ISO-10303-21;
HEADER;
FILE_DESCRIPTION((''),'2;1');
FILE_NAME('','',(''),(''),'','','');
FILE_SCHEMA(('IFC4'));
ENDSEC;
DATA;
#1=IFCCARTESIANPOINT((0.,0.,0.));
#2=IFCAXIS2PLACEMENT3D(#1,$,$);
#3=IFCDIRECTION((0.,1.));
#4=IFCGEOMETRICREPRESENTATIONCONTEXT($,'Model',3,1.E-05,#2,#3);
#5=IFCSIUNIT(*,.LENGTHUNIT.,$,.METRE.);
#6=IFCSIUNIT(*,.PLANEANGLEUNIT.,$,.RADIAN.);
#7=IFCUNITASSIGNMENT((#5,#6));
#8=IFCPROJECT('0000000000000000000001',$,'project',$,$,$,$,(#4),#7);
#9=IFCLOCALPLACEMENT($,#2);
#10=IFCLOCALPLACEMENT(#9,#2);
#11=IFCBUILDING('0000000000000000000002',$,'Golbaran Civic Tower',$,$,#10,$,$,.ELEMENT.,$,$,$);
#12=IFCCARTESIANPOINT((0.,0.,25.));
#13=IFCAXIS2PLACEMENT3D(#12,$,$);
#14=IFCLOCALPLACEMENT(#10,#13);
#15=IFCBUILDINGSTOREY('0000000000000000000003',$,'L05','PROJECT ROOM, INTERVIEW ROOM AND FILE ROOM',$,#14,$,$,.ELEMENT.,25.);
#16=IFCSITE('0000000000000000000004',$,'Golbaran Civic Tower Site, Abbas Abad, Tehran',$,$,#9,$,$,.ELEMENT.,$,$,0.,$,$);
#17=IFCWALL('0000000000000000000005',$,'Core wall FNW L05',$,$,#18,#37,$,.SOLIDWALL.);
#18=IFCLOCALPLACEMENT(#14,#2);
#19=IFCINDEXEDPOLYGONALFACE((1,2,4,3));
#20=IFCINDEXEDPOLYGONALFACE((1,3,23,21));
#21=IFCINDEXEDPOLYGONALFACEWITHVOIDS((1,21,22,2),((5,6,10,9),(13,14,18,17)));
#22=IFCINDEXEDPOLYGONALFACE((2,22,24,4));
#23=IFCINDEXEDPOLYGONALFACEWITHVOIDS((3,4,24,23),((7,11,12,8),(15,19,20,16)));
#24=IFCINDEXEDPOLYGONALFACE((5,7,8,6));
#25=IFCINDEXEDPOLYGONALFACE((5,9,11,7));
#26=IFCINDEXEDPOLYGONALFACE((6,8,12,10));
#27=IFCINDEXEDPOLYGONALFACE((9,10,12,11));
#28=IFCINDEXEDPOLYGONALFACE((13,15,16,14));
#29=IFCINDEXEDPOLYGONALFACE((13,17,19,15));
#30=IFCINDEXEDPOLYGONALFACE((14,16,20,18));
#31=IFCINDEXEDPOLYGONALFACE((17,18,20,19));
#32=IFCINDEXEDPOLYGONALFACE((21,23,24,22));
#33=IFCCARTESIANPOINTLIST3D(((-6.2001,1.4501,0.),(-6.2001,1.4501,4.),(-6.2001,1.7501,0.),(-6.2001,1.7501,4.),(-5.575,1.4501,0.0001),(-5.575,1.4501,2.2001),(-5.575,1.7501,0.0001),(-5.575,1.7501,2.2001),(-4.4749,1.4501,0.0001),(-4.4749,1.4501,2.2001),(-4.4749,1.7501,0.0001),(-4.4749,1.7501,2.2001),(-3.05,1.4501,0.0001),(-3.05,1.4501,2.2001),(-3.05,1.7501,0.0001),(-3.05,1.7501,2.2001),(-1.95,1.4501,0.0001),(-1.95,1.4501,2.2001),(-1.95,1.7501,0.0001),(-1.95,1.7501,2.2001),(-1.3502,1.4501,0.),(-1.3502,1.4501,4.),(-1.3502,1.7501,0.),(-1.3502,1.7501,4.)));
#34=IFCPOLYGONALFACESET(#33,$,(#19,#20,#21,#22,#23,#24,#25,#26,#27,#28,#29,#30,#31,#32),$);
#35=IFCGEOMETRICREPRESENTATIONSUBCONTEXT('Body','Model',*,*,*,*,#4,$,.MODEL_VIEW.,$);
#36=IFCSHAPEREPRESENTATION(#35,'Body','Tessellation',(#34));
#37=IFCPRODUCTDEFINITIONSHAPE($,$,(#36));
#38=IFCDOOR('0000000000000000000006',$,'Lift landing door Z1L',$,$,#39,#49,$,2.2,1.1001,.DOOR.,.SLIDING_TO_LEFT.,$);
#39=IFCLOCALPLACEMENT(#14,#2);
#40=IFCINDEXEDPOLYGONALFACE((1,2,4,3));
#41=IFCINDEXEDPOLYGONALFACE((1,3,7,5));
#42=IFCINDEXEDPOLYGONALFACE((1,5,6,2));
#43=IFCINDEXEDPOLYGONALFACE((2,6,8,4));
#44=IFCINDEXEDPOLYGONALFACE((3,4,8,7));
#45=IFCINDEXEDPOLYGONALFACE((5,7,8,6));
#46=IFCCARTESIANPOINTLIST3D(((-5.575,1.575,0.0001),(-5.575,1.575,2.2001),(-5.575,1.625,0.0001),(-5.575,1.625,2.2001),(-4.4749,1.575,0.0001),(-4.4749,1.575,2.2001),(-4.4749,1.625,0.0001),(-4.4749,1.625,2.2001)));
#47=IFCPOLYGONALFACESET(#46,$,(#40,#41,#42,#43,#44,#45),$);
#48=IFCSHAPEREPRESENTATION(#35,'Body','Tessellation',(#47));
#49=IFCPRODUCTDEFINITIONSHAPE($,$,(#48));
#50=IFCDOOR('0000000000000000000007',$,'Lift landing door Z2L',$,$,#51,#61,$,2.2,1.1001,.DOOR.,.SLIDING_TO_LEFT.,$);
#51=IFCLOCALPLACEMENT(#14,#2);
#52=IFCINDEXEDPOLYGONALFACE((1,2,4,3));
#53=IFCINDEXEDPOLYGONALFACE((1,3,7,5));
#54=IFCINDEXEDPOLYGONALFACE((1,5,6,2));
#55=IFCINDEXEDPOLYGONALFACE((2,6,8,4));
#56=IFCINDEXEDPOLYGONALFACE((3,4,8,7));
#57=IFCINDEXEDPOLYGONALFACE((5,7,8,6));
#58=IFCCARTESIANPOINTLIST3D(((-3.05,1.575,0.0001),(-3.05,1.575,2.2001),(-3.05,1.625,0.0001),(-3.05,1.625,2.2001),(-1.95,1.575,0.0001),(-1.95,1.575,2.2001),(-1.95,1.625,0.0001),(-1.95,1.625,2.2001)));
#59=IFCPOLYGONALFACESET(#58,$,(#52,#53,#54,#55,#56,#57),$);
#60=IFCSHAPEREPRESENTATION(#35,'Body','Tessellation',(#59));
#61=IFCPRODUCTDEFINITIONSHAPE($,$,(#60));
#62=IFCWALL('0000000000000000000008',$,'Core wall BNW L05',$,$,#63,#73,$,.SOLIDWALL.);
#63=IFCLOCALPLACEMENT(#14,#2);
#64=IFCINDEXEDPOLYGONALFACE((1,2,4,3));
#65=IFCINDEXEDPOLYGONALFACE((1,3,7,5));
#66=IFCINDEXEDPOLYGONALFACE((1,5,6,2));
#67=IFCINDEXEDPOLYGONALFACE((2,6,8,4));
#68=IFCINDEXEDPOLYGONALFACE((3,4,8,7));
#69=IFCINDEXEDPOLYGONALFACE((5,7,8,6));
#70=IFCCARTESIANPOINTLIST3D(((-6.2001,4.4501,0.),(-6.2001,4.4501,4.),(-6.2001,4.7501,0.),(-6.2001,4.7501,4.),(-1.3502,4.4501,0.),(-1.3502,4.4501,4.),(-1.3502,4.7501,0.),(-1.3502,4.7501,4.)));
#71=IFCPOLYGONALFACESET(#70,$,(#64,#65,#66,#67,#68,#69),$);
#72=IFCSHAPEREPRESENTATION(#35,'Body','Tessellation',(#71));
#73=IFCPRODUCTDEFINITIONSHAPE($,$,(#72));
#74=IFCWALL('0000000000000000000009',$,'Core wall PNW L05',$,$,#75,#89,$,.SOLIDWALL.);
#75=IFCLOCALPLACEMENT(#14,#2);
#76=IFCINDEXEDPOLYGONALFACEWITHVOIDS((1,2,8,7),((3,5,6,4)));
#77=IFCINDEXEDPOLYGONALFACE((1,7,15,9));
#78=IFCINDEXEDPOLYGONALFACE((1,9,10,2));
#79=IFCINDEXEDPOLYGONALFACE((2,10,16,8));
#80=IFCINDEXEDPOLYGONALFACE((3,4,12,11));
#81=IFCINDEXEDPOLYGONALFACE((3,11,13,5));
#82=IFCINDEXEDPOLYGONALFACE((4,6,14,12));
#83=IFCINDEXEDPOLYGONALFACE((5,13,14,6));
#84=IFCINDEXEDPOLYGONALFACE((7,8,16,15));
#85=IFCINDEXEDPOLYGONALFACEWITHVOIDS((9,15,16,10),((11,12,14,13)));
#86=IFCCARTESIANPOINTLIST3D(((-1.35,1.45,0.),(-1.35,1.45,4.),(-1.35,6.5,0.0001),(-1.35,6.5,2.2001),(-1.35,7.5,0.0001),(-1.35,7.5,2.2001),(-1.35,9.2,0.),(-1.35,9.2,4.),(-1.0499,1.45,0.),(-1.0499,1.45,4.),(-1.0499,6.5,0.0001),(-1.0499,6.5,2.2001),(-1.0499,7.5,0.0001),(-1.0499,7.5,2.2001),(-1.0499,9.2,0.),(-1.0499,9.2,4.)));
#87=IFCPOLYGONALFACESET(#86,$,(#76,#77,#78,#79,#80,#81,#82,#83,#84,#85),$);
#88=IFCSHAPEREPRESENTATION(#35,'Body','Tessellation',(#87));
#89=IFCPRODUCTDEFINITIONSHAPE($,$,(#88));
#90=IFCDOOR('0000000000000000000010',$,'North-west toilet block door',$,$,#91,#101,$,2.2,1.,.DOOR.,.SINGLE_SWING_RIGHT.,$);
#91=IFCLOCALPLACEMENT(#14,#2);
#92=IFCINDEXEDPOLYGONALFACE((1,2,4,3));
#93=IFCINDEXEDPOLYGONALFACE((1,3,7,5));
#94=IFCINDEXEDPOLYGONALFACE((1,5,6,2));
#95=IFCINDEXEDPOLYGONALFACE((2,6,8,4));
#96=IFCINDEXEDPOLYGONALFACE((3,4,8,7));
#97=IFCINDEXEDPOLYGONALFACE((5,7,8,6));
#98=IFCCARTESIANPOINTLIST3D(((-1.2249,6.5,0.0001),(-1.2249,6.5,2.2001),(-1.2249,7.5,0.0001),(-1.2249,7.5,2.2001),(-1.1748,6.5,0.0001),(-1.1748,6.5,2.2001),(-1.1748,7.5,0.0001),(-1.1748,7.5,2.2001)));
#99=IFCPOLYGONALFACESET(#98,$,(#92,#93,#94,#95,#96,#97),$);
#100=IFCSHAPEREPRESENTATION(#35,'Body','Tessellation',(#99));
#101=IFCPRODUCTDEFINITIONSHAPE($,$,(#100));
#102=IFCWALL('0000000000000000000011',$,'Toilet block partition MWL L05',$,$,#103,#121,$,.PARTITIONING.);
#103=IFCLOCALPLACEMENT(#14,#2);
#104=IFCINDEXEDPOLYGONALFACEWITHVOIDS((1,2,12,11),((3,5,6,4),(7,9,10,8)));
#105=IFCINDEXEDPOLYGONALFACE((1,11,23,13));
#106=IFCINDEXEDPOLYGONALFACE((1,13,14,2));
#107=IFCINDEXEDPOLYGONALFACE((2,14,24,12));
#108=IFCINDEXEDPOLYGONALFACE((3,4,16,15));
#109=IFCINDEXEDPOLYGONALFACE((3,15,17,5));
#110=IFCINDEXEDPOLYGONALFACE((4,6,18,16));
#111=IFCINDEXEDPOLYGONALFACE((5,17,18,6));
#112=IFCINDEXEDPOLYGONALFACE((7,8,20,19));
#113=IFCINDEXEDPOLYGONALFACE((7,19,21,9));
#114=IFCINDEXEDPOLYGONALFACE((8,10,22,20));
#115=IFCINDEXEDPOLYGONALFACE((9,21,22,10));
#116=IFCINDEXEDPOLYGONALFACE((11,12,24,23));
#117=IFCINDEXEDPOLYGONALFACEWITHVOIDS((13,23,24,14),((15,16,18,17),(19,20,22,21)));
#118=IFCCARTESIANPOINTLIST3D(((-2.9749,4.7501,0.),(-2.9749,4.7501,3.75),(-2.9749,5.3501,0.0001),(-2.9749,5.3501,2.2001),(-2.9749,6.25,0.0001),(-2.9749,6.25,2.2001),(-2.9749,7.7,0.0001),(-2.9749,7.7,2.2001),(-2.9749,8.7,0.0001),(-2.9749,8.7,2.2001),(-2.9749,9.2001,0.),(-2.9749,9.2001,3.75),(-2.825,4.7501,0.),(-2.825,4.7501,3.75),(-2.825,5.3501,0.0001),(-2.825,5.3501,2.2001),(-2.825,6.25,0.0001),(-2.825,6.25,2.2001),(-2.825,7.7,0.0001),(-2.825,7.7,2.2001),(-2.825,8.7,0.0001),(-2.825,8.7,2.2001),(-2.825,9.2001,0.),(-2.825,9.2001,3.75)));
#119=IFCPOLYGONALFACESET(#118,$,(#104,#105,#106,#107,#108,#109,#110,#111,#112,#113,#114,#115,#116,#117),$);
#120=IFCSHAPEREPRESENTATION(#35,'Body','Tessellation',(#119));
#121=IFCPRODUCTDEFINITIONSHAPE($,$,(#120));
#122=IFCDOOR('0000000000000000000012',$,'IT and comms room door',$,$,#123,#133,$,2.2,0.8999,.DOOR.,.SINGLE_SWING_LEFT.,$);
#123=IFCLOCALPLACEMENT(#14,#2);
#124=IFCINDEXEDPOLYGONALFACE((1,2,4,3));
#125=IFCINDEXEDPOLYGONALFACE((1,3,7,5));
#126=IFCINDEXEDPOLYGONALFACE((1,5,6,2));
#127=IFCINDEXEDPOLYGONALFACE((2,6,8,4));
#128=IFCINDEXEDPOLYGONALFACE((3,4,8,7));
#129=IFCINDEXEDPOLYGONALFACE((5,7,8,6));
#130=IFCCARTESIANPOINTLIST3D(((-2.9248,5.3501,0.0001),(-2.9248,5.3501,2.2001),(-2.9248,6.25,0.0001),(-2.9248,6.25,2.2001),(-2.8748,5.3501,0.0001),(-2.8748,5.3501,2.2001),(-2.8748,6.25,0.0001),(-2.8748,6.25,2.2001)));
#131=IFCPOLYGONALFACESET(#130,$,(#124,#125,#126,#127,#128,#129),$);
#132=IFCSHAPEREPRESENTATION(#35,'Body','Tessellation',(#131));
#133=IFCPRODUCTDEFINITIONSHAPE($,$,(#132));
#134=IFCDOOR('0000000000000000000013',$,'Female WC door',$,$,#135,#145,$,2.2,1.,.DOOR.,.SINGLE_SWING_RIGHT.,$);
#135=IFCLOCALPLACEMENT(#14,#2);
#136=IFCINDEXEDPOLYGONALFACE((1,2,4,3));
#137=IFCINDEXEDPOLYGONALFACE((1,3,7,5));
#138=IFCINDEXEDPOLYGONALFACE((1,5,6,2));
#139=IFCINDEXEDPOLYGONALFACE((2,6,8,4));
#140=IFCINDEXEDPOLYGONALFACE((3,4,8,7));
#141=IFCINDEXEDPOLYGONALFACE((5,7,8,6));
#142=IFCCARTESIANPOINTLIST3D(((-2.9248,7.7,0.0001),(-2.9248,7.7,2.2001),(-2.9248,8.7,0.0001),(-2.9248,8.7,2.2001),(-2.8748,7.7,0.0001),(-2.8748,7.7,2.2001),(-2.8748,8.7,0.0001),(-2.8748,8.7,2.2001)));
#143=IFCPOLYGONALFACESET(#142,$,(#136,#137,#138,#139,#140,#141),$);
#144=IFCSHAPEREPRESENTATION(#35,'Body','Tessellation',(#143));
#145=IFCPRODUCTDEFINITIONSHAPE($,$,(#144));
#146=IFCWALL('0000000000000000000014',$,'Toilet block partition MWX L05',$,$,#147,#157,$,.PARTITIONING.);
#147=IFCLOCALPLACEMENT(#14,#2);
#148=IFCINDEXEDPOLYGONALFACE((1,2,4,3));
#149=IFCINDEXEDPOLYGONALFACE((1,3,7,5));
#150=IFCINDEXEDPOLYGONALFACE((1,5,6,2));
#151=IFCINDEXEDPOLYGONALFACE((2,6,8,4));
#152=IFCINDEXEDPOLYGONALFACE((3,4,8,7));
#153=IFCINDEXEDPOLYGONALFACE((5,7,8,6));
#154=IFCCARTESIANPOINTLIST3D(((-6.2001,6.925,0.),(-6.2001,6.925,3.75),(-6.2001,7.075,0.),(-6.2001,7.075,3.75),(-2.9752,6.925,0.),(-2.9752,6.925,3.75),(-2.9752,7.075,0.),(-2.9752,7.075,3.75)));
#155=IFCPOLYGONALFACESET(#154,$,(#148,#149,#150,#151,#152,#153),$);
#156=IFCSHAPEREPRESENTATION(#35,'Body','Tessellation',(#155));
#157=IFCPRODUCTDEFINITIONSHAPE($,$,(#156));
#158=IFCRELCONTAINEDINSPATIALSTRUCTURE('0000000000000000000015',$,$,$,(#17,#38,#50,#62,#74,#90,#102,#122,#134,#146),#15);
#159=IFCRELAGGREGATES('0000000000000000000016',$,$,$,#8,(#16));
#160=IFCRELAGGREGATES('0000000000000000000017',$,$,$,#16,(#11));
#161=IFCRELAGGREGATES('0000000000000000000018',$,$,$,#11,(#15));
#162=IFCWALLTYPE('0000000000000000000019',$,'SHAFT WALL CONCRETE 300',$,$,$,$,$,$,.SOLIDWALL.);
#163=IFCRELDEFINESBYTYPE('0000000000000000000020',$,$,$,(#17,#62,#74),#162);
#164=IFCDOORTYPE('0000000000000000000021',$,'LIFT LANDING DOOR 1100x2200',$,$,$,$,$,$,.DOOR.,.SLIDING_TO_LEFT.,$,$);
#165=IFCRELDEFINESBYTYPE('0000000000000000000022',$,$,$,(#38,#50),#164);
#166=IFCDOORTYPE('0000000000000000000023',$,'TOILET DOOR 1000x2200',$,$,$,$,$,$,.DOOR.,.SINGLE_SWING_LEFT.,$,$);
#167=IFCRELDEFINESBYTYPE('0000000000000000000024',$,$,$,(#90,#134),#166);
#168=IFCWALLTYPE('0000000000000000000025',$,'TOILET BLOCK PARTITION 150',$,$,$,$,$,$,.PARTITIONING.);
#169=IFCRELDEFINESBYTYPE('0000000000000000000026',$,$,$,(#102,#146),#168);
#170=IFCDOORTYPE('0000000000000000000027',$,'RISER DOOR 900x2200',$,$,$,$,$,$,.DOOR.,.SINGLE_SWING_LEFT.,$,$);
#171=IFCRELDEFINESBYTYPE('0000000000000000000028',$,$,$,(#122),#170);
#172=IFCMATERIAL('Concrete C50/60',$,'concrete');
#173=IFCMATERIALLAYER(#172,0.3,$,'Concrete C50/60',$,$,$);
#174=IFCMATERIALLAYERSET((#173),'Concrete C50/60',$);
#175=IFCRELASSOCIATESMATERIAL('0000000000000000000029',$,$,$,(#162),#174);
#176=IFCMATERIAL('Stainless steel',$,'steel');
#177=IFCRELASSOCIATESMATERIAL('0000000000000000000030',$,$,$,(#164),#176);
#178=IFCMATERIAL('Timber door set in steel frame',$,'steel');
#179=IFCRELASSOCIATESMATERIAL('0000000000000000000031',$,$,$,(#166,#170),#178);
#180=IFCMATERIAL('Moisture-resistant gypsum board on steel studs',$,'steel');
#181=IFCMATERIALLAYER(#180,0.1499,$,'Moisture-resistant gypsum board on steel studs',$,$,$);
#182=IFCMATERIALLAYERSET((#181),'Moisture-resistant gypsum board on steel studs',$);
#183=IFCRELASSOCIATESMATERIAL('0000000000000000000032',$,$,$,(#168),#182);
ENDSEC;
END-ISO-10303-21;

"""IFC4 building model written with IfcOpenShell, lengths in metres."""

from ifc_helpers import new_model, si_unit, direction, frame, frame_2d, origin, place, context, subcontext, project, spatial, rectangle, extrude, material, layer, layer_set, type_object, element, fill, save


model = new_model("IFC4")

# Units and contexts
model_context = context("Model", 3, precision=1e-05, world=origin(), true_north=direction((0.0, 1.0)))
body_context = subcontext(model_context, "Body", "Model", "MODEL_VIEW")
ifc_project = project(units=[si_unit("LENGTHUNIT", "METRE"), si_unit("PLANEANGLEUNIT", "RADIAN")], contexts=[model_context])

# Site, building, storey
site_placement = place(None, origin())
site = spatial("IfcSite", under=ifc_project, at=site_placement, Name="Golbaran Civic Tower Site, Abbas Abad, Tehran", CompositionType="ELEMENT", RefElevation=0.0)
building_placement = place(site_placement, origin())
building = spatial("IfcBuilding", under=site, at=building_placement, Name="Golbaran Civic Tower", CompositionType="ELEMENT")
storey_placement = place(building_placement, frame((0.0, 0.0, 25.0)))
storey = spatial("IfcBuildingStorey", under=building, at=storey_placement, Name="L05", Description="PROJECT ROOM, INTERVIEW ROOM AND FILE ROOM", CompositionType="ELEMENT", Elevation=25.0)

# Wall, openings, doors
ifc_material_1 = material(Name="Concrete C50/60", Category="concrete")
ifc_layer_1 = layer(ifc_material_1, 0.3, Name="Concrete C50/60")
ifc_layer_set_1 = layer_set([ifc_layer_1], Name="Concrete C50/60")
wall_type_1 = type_object("IfcWallType", Name="SHAFT WALL CONCRETE 300", PredefinedType="SOLIDWALL", material=ifc_layer_set_1)
wall_1_placement = place(storey_placement, frame((-6.2, 1.6001, 0.0), z_axis=(0.0, 0.0, 1.0), x_axis=(1.0, 0.0, 0.0)))
wall_1 = element("IfcWall", 1, at=wall_1_placement, inside=storey, type_object=wall_type_1, Name="Core wall FNW L05", PredefinedType="SOLIDWALL", context=body_context, shape_type="SweptSolid", body=[
    extrude(rectangle(XDim=4.8499, YDim=0.3, at=frame_2d((2.4248, 0.0))), origin(), (0.0, 0.0, 1.0), 4.0),
])
opening_1_placement = place(wall_1_placement, frame((0.625, 0.0, 0.0)))
opening_1 = element("IfcOpeningElement", 2, at=opening_1_placement, cuts=wall_1, PredefinedType="OPENING", context=body_context, shape_type="SweptSolid", body=[
    extrude(rectangle(XDim=1.1001, YDim=2.2, at=frame_2d((0.55, 1.1001))), frame((0.0, 0.1599, 0.0), z_axis=(0.0, -1.0, 0.0), x_axis=(1.0, 0.0, 0.0)), (0.0, 0.0, 1.0), 0.3201),
])
opening_2_placement = place(wall_1_placement, frame((3.1499, 0.0, 0.0)))
opening_2 = element("IfcOpeningElement", 3, at=opening_2_placement, cuts=wall_1, PredefinedType="OPENING", context=body_context, shape_type="SweptSolid", body=[
    extrude(rectangle(XDim=1.1001, YDim=2.2, at=frame_2d((0.55, 1.1001))), frame((0.0, 0.1599, 0.0), z_axis=(0.0, -1.0, 0.0), x_axis=(1.0, 0.0, 0.0)), (0.0, 0.0, 1.0), 0.3201),
])
ifc_material_2 = material(Name="Stainless steel", Category="steel")
door_type_1 = type_object("IfcDoorType", Name="LIFT LANDING DOOR 1100x2200", OperationType="SLIDING_TO_LEFT", PredefinedType="DOOR", material=ifc_material_2)
door_1_placement = place(opening_1_placement, origin())
door_1 = element("IfcDoor", 4, at=door_1_placement, inside=storey, type_object=door_type_1, Name="Lift landing door Z1L", OperationType="SLIDING_TO_LEFT", OverallHeight=2.2, OverallWidth=1.1001, PredefinedType="DOOR", context=body_context, shape_type="SweptSolid", body=[
    extrude(rectangle(XDim=1.1001, YDim=2.2, at=frame_2d((0.55, 1.1001))), frame((0.0, 0.0249, 0.0), z_axis=(0.0, -1.0, 0.0), x_axis=(1.0, 0.0, 0.0)), (0.0, 0.0, 1.0), 0.05),
])
fill(opening_1, door_1)
door_2_placement = place(opening_2_placement, origin())
door_2 = element("IfcDoor", 5, at=door_2_placement, inside=storey, type_object=door_type_1, Name="Lift landing door Z2L", OperationType="SLIDING_TO_LEFT", OverallHeight=2.2, OverallWidth=1.1001, PredefinedType="DOOR", context=body_context, shape_type="SweptSolid", body=[
    extrude(rectangle(XDim=1.1001, YDim=2.2, at=frame_2d((0.55, 1.1001))), frame((0.0, 0.0249, 0.0), z_axis=(0.0, -1.0, 0.0), x_axis=(1.0, 0.0, 0.0)), (0.0, 0.0, 1.0), 0.05),
])
fill(opening_2, door_2)

# Wall
wall_2_placement = place(storey_placement, frame((-6.2, 4.6001, 0.0), z_axis=(0.0, 0.0, 1.0), x_axis=(1.0, 0.0, 0.0)))
element("IfcWall", 6, at=wall_2_placement, inside=storey, type_object=wall_type_1, Name="Core wall BNW L05", PredefinedType="SOLIDWALL", context=body_context, shape_type="SweptSolid", body=[
    extrude(rectangle(XDim=4.8499, YDim=0.3, at=frame_2d((2.4248, 0.0))), origin(), (0.0, 0.0, 1.0), 4.0),
])

# Wall, opening, door
wall_3_placement = place(storey_placement, frame((-1.2, 1.45, 0.0), z_axis=(0.0, 0.0, 1.0), x_axis=(0.0, 1.0, 0.0)))
wall_3 = element("IfcWall", 7, at=wall_3_placement, inside=storey, type_object=wall_type_1, Name="Core wall PNW L05", PredefinedType="SOLIDWALL", context=body_context, shape_type="SweptSolid", body=[
    extrude(rectangle(XDim=7.75, YDim=0.3, at=frame_2d((3.875, 0.0))), origin(), (0.0, 0.0, 1.0), 4.0),
])
opening_3_placement = place(wall_3_placement, frame((5.05, 0.0, 0.0)))
opening_3 = element("IfcOpeningElement", 8, at=opening_3_placement, cuts=wall_3, PredefinedType="OPENING", context=body_context, shape_type="SweptSolid", body=[
    extrude(rectangle(XDim=1.0, YDim=2.2, at=frame_2d((0.5, 1.1001))), frame((0.0, 0.1599, 0.0), z_axis=(0.0, -1.0, 0.0), x_axis=(1.0, 0.0, 0.0)), (0.0, 0.0, 1.0), 0.3201),
])
ifc_material_3 = material(Name="Timber door set in steel frame", Category="steel")
door_type_2 = type_object("IfcDoorType", Name="TOILET DOOR 1000x2200", OperationType="SINGLE_SWING_LEFT", PredefinedType="DOOR", material=ifc_material_3)
door_3_placement = place(opening_3_placement, origin())
door_3 = element("IfcDoor", 9, at=door_3_placement, inside=storey, type_object=door_type_2, Name="North-west toilet block door", OperationType="SINGLE_SWING_RIGHT", OverallHeight=2.2, OverallWidth=1.0, PredefinedType="DOOR", context=body_context, shape_type="SweptSolid", body=[
    extrude(rectangle(XDim=1.0, YDim=2.2, at=frame_2d((0.5, 1.1001))), frame((0.0, 0.0249, 0.0), z_axis=(0.0, -1.0, 0.0), x_axis=(1.0, 0.0, 0.0)), (0.0, 0.0, 1.0), 0.05),
])
fill(opening_3, door_3)

# Wall, openings, doors
ifc_material_4 = material(Name="Moisture-resistant gypsum board on steel studs", Category="steel")
ifc_layer_2 = layer(ifc_material_4, 0.1499, Name="Moisture-resistant gypsum board on steel studs")
ifc_layer_set_2 = layer_set([ifc_layer_2], Name="Moisture-resistant gypsum board on steel studs")
wall_type_2 = type_object("IfcWallType", Name="TOILET BLOCK PARTITION 150", PredefinedType="PARTITIONING", material=ifc_layer_set_2)
wall_4_placement = place(storey_placement, frame((-2.8999, 4.75, 0.0), z_axis=(0.0, 0.0, 1.0), x_axis=(0.0, 1.0, 0.0)))
wall_4 = element("IfcWall", 10, at=wall_4_placement, inside=storey, type_object=wall_type_2, Name="Toilet block partition MWL L05", PredefinedType="PARTITIONING", context=body_context, shape_type="SweptSolid", body=[
    extrude(rectangle(XDim=4.45, YDim=0.1499, at=frame_2d((2.2251, 0.0))), origin(), (0.0, 0.0, 1.0), 3.75),
])
opening_4_placement = place(wall_4_placement, frame((2.95, 0.0, 0.0)))
opening_4 = element("IfcOpeningElement", 11, at=opening_4_placement, cuts=wall_4, PredefinedType="OPENING", context=body_context, shape_type="SweptSolid", body=[
    extrude(rectangle(XDim=1.0, YDim=2.2, at=frame_2d((0.5, 1.1001))), frame((0.0, 0.085, 0.0), z_axis=(0.0, -1.0, 0.0), x_axis=(1.0, 0.0, 0.0)), (0.0, 0.0, 1.0), 0.1699),
])
opening_5_placement = place(wall_4_placement, frame((0.6001, 0.0, 0.0)))
opening_5 = element("IfcOpeningElement", 12, at=opening_5_placement, cuts=wall_4, PredefinedType="OPENING", context=body_context, shape_type="SweptSolid", body=[
    extrude(rectangle(XDim=0.8999, YDim=2.2, at=frame_2d((0.45, 1.1001))), frame((0.0, 0.085, 0.0), z_axis=(0.0, -1.0, 0.0), x_axis=(1.0, 0.0, 0.0)), (0.0, 0.0, 1.0), 0.1699),
])
door_type_3 = type_object("IfcDoorType", Name="RISER DOOR 900x2200", OperationType="SINGLE_SWING_LEFT", PredefinedType="DOOR", material=ifc_material_3)
door_4_placement = place(opening_5_placement, origin())
door_4 = element("IfcDoor", 13, at=door_4_placement, inside=storey, type_object=door_type_3, Name="IT and comms room door", OperationType="SINGLE_SWING_LEFT", OverallHeight=2.2, OverallWidth=0.8999, PredefinedType="DOOR", context=body_context, shape_type="SweptSolid", body=[
    extrude(rectangle(XDim=0.8999, YDim=2.2, at=frame_2d((0.45, 1.1001))), frame((0.0, 0.0249, 0.0), z_axis=(0.0, -1.0, 0.0), x_axis=(1.0, 0.0, 0.0)), (0.0, 0.0, 1.0), 0.05),
])
fill(opening_5, door_4)
door_5_placement = place(opening_4_placement, origin())
door_5 = element("IfcDoor", 14, at=door_5_placement, inside=storey, type_object=door_type_2, Name="Female WC door", OperationType="SINGLE_SWING_RIGHT", OverallHeight=2.2, OverallWidth=1.0, PredefinedType="DOOR", context=body_context, shape_type="SweptSolid", body=[
    extrude(rectangle(XDim=1.0, YDim=2.2, at=frame_2d((0.5, 1.1001))), frame((0.0, 0.0249, 0.0), z_axis=(0.0, -1.0, 0.0), x_axis=(1.0, 0.0, 0.0)), (0.0, 0.0, 1.0), 0.05),
])
fill(opening_4, door_5)

# Wall
wall_5_placement = place(storey_placement, frame((-6.2, 7.0, 0.0), z_axis=(0.0, 0.0, 1.0), x_axis=(1.0, 0.0, 0.0)))
element("IfcWall", 15, at=wall_5_placement, inside=storey, type_object=wall_type_2, Name="Toilet block partition MWX L05", PredefinedType="PARTITIONING", context=body_context, shape_type="SweptSolid", body=[
    extrude(rectangle(XDim=3.2249, YDim=0.1499, at=frame_2d((1.6123, 0.0))), origin(), (0.0, 0.0, 1.0), 3.75),
])

save(model, "model.ifc")
